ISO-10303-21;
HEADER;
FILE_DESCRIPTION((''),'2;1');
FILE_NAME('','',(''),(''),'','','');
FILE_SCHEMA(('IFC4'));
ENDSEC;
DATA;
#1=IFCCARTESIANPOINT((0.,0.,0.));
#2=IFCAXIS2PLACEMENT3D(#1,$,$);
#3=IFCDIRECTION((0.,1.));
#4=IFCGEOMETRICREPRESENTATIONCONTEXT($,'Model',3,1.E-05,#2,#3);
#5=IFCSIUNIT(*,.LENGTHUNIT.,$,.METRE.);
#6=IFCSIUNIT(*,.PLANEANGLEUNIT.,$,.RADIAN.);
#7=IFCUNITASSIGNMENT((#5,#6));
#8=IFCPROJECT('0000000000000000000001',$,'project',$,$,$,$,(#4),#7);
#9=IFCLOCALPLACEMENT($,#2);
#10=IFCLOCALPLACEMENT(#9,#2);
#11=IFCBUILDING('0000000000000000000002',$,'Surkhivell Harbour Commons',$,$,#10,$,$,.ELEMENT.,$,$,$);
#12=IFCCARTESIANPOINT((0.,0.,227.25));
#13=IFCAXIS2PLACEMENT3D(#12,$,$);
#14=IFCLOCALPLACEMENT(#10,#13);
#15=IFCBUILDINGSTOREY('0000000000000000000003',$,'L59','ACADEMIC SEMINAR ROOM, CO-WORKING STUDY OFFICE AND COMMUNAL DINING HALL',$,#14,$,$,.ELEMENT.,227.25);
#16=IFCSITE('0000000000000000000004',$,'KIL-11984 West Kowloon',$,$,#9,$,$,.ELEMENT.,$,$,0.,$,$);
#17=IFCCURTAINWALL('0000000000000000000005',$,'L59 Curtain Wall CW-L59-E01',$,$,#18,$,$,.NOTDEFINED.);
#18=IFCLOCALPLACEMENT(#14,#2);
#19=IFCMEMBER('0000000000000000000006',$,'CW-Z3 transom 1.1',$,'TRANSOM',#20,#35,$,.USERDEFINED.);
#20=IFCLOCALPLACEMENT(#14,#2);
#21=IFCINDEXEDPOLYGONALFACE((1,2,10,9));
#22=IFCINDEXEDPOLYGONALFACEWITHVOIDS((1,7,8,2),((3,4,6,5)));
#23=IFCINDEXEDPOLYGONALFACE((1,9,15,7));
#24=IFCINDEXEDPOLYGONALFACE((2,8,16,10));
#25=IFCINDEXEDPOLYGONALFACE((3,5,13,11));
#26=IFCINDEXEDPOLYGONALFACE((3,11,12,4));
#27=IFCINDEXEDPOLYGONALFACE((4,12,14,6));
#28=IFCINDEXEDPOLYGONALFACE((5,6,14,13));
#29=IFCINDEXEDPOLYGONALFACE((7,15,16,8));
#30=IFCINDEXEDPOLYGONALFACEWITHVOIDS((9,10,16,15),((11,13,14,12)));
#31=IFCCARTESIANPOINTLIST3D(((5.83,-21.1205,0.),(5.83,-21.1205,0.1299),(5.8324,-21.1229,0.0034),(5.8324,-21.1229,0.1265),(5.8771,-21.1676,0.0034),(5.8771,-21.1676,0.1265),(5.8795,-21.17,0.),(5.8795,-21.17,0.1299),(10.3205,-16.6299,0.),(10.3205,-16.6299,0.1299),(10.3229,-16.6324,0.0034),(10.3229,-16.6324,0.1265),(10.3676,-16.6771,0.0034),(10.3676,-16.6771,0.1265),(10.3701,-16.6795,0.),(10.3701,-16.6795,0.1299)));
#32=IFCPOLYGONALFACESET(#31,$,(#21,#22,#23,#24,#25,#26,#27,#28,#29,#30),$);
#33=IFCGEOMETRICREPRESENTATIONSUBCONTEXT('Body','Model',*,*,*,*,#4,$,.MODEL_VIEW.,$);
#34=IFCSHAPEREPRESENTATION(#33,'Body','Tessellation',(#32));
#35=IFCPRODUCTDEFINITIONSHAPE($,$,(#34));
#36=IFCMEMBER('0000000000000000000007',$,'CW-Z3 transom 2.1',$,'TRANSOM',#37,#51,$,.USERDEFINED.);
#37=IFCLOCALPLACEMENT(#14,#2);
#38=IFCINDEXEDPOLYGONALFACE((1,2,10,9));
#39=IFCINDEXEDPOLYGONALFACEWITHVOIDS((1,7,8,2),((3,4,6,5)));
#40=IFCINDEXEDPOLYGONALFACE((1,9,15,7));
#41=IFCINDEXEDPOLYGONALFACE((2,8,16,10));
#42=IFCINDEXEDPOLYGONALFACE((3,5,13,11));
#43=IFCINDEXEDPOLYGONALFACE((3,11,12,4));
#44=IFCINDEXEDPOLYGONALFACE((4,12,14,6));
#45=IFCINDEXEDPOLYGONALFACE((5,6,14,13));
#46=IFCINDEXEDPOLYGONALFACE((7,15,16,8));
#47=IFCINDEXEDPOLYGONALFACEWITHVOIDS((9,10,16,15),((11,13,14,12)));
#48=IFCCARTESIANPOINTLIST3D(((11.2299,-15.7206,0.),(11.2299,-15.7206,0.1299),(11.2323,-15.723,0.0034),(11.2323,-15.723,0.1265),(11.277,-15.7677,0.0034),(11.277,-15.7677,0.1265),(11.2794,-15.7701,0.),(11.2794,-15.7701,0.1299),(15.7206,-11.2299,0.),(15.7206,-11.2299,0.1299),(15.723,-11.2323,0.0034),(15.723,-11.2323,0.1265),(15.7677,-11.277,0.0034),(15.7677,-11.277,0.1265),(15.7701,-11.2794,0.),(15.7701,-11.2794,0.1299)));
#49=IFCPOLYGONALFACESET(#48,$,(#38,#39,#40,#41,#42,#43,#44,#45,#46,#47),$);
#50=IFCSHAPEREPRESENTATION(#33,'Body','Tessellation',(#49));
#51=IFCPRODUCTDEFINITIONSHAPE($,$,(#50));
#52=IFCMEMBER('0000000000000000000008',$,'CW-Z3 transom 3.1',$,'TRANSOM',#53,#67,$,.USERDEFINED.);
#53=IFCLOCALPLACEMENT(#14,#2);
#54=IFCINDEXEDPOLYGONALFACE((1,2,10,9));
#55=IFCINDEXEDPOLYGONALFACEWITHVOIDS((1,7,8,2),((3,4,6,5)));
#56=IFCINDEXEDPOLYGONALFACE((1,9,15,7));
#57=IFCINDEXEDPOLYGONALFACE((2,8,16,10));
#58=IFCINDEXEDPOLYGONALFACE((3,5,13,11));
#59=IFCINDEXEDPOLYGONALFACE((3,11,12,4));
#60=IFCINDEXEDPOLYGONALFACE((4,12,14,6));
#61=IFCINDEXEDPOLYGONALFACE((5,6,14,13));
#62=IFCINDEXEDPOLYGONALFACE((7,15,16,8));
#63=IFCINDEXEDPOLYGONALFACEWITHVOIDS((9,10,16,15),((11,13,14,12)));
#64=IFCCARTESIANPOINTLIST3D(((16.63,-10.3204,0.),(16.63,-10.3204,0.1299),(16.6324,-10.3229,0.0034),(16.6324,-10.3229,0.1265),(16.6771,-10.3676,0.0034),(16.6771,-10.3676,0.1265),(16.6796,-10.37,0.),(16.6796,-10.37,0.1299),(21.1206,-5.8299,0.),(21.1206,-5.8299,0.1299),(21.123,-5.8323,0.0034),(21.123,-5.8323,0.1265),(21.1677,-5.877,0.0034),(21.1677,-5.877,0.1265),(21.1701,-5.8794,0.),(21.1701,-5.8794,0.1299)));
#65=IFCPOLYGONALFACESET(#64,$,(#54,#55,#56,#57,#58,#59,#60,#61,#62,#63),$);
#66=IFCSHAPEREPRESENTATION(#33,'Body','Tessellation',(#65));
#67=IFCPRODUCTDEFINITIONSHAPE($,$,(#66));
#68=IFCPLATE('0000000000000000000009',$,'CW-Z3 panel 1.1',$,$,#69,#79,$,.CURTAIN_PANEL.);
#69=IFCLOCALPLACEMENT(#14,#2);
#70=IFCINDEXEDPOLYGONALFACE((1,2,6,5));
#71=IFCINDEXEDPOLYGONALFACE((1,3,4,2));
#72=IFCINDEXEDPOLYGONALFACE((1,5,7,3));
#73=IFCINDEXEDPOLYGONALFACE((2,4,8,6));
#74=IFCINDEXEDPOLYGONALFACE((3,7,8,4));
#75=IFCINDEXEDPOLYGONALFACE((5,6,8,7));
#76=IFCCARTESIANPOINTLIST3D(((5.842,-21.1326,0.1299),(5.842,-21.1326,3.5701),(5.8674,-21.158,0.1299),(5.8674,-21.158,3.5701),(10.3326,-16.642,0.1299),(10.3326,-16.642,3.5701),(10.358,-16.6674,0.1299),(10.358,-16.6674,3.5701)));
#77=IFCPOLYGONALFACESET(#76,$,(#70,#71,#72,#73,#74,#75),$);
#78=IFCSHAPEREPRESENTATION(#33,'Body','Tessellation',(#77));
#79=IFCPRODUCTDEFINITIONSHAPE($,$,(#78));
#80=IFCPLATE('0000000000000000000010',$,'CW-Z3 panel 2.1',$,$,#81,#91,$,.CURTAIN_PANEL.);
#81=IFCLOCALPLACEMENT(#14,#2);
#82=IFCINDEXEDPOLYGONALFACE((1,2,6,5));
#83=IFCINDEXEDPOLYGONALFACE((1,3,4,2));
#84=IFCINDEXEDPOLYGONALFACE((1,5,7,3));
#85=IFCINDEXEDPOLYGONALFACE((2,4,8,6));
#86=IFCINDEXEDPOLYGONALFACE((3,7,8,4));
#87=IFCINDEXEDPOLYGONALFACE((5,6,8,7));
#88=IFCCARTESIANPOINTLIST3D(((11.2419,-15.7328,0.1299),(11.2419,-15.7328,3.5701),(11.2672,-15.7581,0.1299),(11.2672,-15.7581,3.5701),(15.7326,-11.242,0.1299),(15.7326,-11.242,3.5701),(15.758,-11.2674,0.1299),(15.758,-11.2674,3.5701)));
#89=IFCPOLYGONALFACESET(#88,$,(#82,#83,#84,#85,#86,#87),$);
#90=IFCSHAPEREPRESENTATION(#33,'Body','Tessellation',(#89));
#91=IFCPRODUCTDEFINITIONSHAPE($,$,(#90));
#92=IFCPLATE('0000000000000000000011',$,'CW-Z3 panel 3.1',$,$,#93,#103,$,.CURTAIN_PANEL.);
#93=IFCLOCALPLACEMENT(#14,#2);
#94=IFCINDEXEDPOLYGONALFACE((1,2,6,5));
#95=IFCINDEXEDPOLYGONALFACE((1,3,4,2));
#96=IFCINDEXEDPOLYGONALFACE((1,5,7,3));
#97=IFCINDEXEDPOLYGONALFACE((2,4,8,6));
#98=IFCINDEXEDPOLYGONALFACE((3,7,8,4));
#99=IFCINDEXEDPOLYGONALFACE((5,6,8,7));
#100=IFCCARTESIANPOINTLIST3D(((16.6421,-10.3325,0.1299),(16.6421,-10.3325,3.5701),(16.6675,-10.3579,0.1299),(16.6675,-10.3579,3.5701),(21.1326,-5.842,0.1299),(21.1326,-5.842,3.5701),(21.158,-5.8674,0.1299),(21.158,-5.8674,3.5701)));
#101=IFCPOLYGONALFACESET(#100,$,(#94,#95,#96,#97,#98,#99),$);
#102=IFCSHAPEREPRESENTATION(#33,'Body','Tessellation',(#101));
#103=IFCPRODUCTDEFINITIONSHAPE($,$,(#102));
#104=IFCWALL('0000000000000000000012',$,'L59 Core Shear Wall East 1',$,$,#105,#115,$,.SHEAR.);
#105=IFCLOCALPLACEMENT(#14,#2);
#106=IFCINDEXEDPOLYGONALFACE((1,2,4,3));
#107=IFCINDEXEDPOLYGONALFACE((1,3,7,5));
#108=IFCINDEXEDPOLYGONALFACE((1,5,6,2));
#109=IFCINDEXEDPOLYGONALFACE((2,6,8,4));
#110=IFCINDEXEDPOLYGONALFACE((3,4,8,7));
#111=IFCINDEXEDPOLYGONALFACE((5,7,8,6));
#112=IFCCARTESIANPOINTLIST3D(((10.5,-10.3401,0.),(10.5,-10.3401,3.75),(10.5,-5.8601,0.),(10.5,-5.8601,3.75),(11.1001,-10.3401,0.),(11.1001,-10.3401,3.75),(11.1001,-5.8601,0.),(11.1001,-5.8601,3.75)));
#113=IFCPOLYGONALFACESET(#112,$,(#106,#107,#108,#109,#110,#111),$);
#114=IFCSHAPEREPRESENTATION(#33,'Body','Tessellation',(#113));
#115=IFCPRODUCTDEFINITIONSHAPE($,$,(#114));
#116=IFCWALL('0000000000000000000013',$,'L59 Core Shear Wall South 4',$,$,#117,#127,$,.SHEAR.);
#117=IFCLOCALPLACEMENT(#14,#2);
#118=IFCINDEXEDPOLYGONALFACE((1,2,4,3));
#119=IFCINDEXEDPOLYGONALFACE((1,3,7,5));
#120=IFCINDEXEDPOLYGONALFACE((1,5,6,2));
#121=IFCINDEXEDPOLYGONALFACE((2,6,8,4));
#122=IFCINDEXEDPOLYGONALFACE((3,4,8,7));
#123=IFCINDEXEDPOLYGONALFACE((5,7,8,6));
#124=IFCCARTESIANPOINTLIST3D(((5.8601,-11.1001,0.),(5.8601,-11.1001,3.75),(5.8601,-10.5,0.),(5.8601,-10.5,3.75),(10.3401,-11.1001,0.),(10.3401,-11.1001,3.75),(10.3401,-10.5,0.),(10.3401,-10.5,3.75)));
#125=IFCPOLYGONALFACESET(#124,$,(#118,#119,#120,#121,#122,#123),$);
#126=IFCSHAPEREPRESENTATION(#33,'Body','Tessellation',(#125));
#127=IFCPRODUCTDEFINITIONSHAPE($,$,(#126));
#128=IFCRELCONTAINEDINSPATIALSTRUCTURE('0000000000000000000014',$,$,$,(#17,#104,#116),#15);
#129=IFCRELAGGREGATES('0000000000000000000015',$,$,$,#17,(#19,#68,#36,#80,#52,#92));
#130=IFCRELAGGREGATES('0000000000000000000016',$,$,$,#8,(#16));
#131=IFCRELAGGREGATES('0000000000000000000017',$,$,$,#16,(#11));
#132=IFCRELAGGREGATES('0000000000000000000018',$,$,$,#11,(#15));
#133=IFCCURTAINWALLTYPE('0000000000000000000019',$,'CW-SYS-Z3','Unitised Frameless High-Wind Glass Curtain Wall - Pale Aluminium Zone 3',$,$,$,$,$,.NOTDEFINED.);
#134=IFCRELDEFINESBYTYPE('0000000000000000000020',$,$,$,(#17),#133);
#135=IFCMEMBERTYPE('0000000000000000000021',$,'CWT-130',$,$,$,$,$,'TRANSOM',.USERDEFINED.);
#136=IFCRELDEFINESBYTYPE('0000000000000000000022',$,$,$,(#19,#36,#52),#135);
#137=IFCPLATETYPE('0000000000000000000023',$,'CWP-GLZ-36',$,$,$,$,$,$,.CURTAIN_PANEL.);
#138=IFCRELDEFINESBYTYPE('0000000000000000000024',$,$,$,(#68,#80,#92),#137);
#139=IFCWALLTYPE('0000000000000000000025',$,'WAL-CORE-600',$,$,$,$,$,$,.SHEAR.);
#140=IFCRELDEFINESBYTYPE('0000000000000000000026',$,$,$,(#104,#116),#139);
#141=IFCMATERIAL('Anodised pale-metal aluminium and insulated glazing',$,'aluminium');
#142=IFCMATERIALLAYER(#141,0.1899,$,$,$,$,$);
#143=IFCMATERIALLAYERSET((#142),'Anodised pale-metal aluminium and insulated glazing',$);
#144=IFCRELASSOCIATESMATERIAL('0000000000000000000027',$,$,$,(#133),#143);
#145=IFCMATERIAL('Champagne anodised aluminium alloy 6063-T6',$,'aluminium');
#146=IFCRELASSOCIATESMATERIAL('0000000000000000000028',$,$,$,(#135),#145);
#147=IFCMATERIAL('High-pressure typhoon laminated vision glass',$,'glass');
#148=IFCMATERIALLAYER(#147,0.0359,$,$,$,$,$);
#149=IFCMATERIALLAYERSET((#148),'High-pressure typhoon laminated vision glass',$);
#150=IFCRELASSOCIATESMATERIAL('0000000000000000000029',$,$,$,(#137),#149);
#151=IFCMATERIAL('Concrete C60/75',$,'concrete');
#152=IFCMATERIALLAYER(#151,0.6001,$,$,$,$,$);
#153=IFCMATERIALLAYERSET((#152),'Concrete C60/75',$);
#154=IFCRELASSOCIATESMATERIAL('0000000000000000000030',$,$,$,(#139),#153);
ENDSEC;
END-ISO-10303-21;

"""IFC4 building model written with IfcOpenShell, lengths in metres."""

from ifc_helpers import new_model, si_unit, direction, frame, frame_2d, origin, origin_2d, place, context, subcontext, project, spatial, rectangle, hollow_rectangle, extrude, material, layer, layer_set, material_profile, profile_set, type_object, element, aggregate, save


model = new_model("IFC4")

# Units and contexts
model_context = context("Model", 3, precision=1e-05, world=origin(), true_north=direction((0.0, 1.0)))
body_context = subcontext(model_context, "Body", "Model", "MODEL_VIEW")
ifc_project = project(units=[si_unit("LENGTHUNIT", "METRE"), si_unit("PLANEANGLEUNIT", "RADIAN")], contexts=[model_context])

# Site, building, storey
site_placement = place(None, origin())
site = spatial("IfcSite", under=ifc_project, at=site_placement, Name="KIL-11984 West Kowloon", CompositionType="ELEMENT", RefElevation=0.0)
building_placement = place(site_placement, origin())
building = spatial("IfcBuilding", under=site, at=building_placement, Name="Surkhivell Harbour Commons", CompositionType="ELEMENT")
storey_placement = place(building_placement, frame((0.0, 0.0, 227.25)))
storey = spatial("IfcBuildingStorey", under=building, at=storey_placement, Name="L59", Description="ACADEMIC SEMINAR ROOM, CO-WORKING STUDY OFFICE AND COMMUNAL DINING HALL", CompositionType="ELEMENT", Elevation=227.25)

# Shared definitions
ifc_material_1 = material(Name="Concrete C60/75", Category="concrete")

# Curtain wall, members, plates
ifc_material_2 = material(Name="Anodised pale-metal aluminium and insulated glazing", Category="aluminium")
ifc_layer_1 = layer(ifc_material_2, 0.1899)
ifc_layer_set_1 = layer_set([ifc_layer_1], Name="Anodised pale-metal aluminium and insulated glazing")
curtain_wall_type = type_object("IfcCurtainWallType", Name="CW-SYS-Z3", Description="Unitised Frameless High-Wind Glass Curtain Wall - Pale Aluminium Zone 3", PredefinedType="NOTDEFINED", material=ifc_layer_set_1)
curtain_wall_placement = place(storey_placement, origin())
curtain_wall = element("IfcCurtainWall", 1, at=curtain_wall_placement, inside=storey, type_object=curtain_wall_type, Name="L59 Curtain Wall CW-L59-E01", PredefinedType="NOTDEFINED")
ifc_material_3 = material(Name="Champagne anodised aluminium alloy 6063-T6", Category="aluminium")
ifc_material_profile_1 = material_profile(ifc_material_3, hollow_rectangle(XDim=0.0701, YDim=0.1299, WallThickness=0.0034, at=origin_2d()), Name="ALU-TRAN-70x130")
ifc_profile_set_1 = profile_set([ifc_material_profile_1], Name="Champagne anodised aluminium alloy 6063-T6")
member_type_1 = type_object("IfcMemberType", Name="CWT-130", ElementType="TRANSOM", PredefinedType="USERDEFINED", material=ifc_profile_set_1)
member_1_placement = place(storey_placement, frame((5.8547, -21.1453, 0.0649), z_axis=(0.707107, 0.707107, 0.0), x_axis=(-0.707107, 0.707107, 0.0)))
member_1 = element("IfcMember", 2, at=member_1_placement, type_object=member_type_1, Name="CW-Z3 transom 1.1", ObjectType="TRANSOM", PredefinedType="USERDEFINED", context=body_context, shape_type="SweptSolid", body=[
    extrude(hollow_rectangle(XDim=0.0701, YDim=0.1299, WallThickness=0.0034, at=origin_2d()), origin(), (0.0, 0.0, 1.0), 6.3506),
])
member_2_placement = place(storey_placement, frame((11.2546, -15.7454, 0.0649), z_axis=(0.707107, 0.707107, 0.0), x_axis=(-0.707107, 0.707107, 0.0)))
member_2 = element("IfcMember", 3, at=member_2_placement, type_object=member_type_1, Name="CW-Z3 transom 2.1", ObjectType="TRANSOM", PredefinedType="USERDEFINED", context=body_context, shape_type="SweptSolid", body=[
    extrude(hollow_rectangle(XDim=0.0701, YDim=0.1299, WallThickness=0.0034, at=origin_2d()), origin(), (0.0, 0.0, 1.0), 6.3508),
])
member_3_placement = place(storey_placement, frame((16.6548, -10.3452, 0.0649), z_axis=(0.707107, 0.707107, 0.0), x_axis=(-0.707107, 0.707107, 0.0)))
member_3 = element("IfcMember", 4, at=member_3_placement, type_object=member_type_1, Name="CW-Z3 transom 3.1", ObjectType="TRANSOM", PredefinedType="USERDEFINED", context=body_context, shape_type="SweptSolid", body=[
    extrude(hollow_rectangle(XDim=0.0701, YDim=0.1299, WallThickness=0.0034, at=origin_2d()), origin(), (0.0, 0.0, 1.0), 6.3506),
])
ifc_material_4 = material(Name="High-pressure typhoon laminated vision glass", Category="glass")
ifc_layer_2 = layer(ifc_material_4, 0.0359)
ifc_layer_set_2 = layer_set([ifc_layer_2], Name="High-pressure typhoon laminated vision glass")
plate_type = type_object("IfcPlateType", Name="CWP-GLZ-36", PredefinedType="CURTAIN_PANEL", material=ifc_layer_set_2)
plate_1_placement = place(storey_placement, frame((5.8547, -21.1453, 0.1299), z_axis=(0.0, 0.0, 1.0), x_axis=(0.707107, 0.707107, 0.0)))
plate_1 = element("IfcPlate", 5, at=plate_1_placement, type_object=plate_type, Name="CW-Z3 panel 1.1", PredefinedType="CURTAIN_PANEL", context=body_context, shape_type="SweptSolid", body=[
    extrude(rectangle(XDim=6.3506, YDim=0.0359, at=frame_2d((3.1753, 0.0))), origin(), (0.0, 0.0, 1.0), 3.4402),
])
plate_2_placement = place(storey_placement, frame((11.2546, -15.7454, 0.1299), z_axis=(0.0, 0.0, 1.0), x_axis=(0.707107, 0.707107, 0.0)))
plate_2 = element("IfcPlate", 6, at=plate_2_placement, type_object=plate_type, Name="CW-Z3 panel 2.1", PredefinedType="CURTAIN_PANEL", context=body_context, shape_type="SweptSolid", body=[
    extrude(rectangle(XDim=6.3508, YDim=0.0359, at=frame_2d((3.1753, 0.0))), origin(), (0.0, 0.0, 1.0), 3.4402),
])
plate_3_placement = place(storey_placement, frame((16.6548, -10.3452, 0.1299), z_axis=(0.0, 0.0, 1.0), x_axis=(0.707107, 0.707107, 0.0)))
plate_3 = element("IfcPlate", 7, at=plate_3_placement, type_object=plate_type, Name="CW-Z3 panel 3.1", PredefinedType="CURTAIN_PANEL", context=body_context, shape_type="SweptSolid", body=[
    extrude(rectangle(XDim=6.3506, YDim=0.0359, at=frame_2d((3.1753, 0.0))), origin(), (0.0, 0.0, 1.0), 3.4402),
])
aggregate(curtain_wall, [member_1, plate_1, member_2, plate_2, member_3, plate_3])

# Walls
ifc_layer_3 = layer(ifc_material_1, 0.6001)
ifc_layer_set_3 = layer_set([ifc_layer_3], Name="Concrete C60/75")
wall_type_1 = type_object("IfcWallType", Name="WAL-CORE-600", PredefinedType="SHEAR", material=ifc_layer_set_3)
for number, where, z_axis, x_axis, name in (
    (8, (10.8, -10.3401, 0.0), (0.0, 0.0, 1.0), (0.0, 1.0, 0.0), "L59 Core Shear Wall East 1"),
    (9, (5.8601, -10.8, 0.0), (0.0, 0.0, 1.0), (1.0, 0.0, 0.0), "L59 Core Shear Wall South 4"),
):
    element("IfcWall", number, at=place(storey_placement, frame(where, z_axis=z_axis, x_axis=x_axis)), inside=storey, type_object=wall_type_1, Name=name, PredefinedType="SHEAR", context=body_context, shape_type="SweptSolid", body=[
        extrude(rectangle(XDim=4.48, YDim=0.6001, at=frame_2d((2.24, 0.0))), origin(), (0.0, 0.0, 1.0), 3.75),
    ])

save(model, "model.ifc")
